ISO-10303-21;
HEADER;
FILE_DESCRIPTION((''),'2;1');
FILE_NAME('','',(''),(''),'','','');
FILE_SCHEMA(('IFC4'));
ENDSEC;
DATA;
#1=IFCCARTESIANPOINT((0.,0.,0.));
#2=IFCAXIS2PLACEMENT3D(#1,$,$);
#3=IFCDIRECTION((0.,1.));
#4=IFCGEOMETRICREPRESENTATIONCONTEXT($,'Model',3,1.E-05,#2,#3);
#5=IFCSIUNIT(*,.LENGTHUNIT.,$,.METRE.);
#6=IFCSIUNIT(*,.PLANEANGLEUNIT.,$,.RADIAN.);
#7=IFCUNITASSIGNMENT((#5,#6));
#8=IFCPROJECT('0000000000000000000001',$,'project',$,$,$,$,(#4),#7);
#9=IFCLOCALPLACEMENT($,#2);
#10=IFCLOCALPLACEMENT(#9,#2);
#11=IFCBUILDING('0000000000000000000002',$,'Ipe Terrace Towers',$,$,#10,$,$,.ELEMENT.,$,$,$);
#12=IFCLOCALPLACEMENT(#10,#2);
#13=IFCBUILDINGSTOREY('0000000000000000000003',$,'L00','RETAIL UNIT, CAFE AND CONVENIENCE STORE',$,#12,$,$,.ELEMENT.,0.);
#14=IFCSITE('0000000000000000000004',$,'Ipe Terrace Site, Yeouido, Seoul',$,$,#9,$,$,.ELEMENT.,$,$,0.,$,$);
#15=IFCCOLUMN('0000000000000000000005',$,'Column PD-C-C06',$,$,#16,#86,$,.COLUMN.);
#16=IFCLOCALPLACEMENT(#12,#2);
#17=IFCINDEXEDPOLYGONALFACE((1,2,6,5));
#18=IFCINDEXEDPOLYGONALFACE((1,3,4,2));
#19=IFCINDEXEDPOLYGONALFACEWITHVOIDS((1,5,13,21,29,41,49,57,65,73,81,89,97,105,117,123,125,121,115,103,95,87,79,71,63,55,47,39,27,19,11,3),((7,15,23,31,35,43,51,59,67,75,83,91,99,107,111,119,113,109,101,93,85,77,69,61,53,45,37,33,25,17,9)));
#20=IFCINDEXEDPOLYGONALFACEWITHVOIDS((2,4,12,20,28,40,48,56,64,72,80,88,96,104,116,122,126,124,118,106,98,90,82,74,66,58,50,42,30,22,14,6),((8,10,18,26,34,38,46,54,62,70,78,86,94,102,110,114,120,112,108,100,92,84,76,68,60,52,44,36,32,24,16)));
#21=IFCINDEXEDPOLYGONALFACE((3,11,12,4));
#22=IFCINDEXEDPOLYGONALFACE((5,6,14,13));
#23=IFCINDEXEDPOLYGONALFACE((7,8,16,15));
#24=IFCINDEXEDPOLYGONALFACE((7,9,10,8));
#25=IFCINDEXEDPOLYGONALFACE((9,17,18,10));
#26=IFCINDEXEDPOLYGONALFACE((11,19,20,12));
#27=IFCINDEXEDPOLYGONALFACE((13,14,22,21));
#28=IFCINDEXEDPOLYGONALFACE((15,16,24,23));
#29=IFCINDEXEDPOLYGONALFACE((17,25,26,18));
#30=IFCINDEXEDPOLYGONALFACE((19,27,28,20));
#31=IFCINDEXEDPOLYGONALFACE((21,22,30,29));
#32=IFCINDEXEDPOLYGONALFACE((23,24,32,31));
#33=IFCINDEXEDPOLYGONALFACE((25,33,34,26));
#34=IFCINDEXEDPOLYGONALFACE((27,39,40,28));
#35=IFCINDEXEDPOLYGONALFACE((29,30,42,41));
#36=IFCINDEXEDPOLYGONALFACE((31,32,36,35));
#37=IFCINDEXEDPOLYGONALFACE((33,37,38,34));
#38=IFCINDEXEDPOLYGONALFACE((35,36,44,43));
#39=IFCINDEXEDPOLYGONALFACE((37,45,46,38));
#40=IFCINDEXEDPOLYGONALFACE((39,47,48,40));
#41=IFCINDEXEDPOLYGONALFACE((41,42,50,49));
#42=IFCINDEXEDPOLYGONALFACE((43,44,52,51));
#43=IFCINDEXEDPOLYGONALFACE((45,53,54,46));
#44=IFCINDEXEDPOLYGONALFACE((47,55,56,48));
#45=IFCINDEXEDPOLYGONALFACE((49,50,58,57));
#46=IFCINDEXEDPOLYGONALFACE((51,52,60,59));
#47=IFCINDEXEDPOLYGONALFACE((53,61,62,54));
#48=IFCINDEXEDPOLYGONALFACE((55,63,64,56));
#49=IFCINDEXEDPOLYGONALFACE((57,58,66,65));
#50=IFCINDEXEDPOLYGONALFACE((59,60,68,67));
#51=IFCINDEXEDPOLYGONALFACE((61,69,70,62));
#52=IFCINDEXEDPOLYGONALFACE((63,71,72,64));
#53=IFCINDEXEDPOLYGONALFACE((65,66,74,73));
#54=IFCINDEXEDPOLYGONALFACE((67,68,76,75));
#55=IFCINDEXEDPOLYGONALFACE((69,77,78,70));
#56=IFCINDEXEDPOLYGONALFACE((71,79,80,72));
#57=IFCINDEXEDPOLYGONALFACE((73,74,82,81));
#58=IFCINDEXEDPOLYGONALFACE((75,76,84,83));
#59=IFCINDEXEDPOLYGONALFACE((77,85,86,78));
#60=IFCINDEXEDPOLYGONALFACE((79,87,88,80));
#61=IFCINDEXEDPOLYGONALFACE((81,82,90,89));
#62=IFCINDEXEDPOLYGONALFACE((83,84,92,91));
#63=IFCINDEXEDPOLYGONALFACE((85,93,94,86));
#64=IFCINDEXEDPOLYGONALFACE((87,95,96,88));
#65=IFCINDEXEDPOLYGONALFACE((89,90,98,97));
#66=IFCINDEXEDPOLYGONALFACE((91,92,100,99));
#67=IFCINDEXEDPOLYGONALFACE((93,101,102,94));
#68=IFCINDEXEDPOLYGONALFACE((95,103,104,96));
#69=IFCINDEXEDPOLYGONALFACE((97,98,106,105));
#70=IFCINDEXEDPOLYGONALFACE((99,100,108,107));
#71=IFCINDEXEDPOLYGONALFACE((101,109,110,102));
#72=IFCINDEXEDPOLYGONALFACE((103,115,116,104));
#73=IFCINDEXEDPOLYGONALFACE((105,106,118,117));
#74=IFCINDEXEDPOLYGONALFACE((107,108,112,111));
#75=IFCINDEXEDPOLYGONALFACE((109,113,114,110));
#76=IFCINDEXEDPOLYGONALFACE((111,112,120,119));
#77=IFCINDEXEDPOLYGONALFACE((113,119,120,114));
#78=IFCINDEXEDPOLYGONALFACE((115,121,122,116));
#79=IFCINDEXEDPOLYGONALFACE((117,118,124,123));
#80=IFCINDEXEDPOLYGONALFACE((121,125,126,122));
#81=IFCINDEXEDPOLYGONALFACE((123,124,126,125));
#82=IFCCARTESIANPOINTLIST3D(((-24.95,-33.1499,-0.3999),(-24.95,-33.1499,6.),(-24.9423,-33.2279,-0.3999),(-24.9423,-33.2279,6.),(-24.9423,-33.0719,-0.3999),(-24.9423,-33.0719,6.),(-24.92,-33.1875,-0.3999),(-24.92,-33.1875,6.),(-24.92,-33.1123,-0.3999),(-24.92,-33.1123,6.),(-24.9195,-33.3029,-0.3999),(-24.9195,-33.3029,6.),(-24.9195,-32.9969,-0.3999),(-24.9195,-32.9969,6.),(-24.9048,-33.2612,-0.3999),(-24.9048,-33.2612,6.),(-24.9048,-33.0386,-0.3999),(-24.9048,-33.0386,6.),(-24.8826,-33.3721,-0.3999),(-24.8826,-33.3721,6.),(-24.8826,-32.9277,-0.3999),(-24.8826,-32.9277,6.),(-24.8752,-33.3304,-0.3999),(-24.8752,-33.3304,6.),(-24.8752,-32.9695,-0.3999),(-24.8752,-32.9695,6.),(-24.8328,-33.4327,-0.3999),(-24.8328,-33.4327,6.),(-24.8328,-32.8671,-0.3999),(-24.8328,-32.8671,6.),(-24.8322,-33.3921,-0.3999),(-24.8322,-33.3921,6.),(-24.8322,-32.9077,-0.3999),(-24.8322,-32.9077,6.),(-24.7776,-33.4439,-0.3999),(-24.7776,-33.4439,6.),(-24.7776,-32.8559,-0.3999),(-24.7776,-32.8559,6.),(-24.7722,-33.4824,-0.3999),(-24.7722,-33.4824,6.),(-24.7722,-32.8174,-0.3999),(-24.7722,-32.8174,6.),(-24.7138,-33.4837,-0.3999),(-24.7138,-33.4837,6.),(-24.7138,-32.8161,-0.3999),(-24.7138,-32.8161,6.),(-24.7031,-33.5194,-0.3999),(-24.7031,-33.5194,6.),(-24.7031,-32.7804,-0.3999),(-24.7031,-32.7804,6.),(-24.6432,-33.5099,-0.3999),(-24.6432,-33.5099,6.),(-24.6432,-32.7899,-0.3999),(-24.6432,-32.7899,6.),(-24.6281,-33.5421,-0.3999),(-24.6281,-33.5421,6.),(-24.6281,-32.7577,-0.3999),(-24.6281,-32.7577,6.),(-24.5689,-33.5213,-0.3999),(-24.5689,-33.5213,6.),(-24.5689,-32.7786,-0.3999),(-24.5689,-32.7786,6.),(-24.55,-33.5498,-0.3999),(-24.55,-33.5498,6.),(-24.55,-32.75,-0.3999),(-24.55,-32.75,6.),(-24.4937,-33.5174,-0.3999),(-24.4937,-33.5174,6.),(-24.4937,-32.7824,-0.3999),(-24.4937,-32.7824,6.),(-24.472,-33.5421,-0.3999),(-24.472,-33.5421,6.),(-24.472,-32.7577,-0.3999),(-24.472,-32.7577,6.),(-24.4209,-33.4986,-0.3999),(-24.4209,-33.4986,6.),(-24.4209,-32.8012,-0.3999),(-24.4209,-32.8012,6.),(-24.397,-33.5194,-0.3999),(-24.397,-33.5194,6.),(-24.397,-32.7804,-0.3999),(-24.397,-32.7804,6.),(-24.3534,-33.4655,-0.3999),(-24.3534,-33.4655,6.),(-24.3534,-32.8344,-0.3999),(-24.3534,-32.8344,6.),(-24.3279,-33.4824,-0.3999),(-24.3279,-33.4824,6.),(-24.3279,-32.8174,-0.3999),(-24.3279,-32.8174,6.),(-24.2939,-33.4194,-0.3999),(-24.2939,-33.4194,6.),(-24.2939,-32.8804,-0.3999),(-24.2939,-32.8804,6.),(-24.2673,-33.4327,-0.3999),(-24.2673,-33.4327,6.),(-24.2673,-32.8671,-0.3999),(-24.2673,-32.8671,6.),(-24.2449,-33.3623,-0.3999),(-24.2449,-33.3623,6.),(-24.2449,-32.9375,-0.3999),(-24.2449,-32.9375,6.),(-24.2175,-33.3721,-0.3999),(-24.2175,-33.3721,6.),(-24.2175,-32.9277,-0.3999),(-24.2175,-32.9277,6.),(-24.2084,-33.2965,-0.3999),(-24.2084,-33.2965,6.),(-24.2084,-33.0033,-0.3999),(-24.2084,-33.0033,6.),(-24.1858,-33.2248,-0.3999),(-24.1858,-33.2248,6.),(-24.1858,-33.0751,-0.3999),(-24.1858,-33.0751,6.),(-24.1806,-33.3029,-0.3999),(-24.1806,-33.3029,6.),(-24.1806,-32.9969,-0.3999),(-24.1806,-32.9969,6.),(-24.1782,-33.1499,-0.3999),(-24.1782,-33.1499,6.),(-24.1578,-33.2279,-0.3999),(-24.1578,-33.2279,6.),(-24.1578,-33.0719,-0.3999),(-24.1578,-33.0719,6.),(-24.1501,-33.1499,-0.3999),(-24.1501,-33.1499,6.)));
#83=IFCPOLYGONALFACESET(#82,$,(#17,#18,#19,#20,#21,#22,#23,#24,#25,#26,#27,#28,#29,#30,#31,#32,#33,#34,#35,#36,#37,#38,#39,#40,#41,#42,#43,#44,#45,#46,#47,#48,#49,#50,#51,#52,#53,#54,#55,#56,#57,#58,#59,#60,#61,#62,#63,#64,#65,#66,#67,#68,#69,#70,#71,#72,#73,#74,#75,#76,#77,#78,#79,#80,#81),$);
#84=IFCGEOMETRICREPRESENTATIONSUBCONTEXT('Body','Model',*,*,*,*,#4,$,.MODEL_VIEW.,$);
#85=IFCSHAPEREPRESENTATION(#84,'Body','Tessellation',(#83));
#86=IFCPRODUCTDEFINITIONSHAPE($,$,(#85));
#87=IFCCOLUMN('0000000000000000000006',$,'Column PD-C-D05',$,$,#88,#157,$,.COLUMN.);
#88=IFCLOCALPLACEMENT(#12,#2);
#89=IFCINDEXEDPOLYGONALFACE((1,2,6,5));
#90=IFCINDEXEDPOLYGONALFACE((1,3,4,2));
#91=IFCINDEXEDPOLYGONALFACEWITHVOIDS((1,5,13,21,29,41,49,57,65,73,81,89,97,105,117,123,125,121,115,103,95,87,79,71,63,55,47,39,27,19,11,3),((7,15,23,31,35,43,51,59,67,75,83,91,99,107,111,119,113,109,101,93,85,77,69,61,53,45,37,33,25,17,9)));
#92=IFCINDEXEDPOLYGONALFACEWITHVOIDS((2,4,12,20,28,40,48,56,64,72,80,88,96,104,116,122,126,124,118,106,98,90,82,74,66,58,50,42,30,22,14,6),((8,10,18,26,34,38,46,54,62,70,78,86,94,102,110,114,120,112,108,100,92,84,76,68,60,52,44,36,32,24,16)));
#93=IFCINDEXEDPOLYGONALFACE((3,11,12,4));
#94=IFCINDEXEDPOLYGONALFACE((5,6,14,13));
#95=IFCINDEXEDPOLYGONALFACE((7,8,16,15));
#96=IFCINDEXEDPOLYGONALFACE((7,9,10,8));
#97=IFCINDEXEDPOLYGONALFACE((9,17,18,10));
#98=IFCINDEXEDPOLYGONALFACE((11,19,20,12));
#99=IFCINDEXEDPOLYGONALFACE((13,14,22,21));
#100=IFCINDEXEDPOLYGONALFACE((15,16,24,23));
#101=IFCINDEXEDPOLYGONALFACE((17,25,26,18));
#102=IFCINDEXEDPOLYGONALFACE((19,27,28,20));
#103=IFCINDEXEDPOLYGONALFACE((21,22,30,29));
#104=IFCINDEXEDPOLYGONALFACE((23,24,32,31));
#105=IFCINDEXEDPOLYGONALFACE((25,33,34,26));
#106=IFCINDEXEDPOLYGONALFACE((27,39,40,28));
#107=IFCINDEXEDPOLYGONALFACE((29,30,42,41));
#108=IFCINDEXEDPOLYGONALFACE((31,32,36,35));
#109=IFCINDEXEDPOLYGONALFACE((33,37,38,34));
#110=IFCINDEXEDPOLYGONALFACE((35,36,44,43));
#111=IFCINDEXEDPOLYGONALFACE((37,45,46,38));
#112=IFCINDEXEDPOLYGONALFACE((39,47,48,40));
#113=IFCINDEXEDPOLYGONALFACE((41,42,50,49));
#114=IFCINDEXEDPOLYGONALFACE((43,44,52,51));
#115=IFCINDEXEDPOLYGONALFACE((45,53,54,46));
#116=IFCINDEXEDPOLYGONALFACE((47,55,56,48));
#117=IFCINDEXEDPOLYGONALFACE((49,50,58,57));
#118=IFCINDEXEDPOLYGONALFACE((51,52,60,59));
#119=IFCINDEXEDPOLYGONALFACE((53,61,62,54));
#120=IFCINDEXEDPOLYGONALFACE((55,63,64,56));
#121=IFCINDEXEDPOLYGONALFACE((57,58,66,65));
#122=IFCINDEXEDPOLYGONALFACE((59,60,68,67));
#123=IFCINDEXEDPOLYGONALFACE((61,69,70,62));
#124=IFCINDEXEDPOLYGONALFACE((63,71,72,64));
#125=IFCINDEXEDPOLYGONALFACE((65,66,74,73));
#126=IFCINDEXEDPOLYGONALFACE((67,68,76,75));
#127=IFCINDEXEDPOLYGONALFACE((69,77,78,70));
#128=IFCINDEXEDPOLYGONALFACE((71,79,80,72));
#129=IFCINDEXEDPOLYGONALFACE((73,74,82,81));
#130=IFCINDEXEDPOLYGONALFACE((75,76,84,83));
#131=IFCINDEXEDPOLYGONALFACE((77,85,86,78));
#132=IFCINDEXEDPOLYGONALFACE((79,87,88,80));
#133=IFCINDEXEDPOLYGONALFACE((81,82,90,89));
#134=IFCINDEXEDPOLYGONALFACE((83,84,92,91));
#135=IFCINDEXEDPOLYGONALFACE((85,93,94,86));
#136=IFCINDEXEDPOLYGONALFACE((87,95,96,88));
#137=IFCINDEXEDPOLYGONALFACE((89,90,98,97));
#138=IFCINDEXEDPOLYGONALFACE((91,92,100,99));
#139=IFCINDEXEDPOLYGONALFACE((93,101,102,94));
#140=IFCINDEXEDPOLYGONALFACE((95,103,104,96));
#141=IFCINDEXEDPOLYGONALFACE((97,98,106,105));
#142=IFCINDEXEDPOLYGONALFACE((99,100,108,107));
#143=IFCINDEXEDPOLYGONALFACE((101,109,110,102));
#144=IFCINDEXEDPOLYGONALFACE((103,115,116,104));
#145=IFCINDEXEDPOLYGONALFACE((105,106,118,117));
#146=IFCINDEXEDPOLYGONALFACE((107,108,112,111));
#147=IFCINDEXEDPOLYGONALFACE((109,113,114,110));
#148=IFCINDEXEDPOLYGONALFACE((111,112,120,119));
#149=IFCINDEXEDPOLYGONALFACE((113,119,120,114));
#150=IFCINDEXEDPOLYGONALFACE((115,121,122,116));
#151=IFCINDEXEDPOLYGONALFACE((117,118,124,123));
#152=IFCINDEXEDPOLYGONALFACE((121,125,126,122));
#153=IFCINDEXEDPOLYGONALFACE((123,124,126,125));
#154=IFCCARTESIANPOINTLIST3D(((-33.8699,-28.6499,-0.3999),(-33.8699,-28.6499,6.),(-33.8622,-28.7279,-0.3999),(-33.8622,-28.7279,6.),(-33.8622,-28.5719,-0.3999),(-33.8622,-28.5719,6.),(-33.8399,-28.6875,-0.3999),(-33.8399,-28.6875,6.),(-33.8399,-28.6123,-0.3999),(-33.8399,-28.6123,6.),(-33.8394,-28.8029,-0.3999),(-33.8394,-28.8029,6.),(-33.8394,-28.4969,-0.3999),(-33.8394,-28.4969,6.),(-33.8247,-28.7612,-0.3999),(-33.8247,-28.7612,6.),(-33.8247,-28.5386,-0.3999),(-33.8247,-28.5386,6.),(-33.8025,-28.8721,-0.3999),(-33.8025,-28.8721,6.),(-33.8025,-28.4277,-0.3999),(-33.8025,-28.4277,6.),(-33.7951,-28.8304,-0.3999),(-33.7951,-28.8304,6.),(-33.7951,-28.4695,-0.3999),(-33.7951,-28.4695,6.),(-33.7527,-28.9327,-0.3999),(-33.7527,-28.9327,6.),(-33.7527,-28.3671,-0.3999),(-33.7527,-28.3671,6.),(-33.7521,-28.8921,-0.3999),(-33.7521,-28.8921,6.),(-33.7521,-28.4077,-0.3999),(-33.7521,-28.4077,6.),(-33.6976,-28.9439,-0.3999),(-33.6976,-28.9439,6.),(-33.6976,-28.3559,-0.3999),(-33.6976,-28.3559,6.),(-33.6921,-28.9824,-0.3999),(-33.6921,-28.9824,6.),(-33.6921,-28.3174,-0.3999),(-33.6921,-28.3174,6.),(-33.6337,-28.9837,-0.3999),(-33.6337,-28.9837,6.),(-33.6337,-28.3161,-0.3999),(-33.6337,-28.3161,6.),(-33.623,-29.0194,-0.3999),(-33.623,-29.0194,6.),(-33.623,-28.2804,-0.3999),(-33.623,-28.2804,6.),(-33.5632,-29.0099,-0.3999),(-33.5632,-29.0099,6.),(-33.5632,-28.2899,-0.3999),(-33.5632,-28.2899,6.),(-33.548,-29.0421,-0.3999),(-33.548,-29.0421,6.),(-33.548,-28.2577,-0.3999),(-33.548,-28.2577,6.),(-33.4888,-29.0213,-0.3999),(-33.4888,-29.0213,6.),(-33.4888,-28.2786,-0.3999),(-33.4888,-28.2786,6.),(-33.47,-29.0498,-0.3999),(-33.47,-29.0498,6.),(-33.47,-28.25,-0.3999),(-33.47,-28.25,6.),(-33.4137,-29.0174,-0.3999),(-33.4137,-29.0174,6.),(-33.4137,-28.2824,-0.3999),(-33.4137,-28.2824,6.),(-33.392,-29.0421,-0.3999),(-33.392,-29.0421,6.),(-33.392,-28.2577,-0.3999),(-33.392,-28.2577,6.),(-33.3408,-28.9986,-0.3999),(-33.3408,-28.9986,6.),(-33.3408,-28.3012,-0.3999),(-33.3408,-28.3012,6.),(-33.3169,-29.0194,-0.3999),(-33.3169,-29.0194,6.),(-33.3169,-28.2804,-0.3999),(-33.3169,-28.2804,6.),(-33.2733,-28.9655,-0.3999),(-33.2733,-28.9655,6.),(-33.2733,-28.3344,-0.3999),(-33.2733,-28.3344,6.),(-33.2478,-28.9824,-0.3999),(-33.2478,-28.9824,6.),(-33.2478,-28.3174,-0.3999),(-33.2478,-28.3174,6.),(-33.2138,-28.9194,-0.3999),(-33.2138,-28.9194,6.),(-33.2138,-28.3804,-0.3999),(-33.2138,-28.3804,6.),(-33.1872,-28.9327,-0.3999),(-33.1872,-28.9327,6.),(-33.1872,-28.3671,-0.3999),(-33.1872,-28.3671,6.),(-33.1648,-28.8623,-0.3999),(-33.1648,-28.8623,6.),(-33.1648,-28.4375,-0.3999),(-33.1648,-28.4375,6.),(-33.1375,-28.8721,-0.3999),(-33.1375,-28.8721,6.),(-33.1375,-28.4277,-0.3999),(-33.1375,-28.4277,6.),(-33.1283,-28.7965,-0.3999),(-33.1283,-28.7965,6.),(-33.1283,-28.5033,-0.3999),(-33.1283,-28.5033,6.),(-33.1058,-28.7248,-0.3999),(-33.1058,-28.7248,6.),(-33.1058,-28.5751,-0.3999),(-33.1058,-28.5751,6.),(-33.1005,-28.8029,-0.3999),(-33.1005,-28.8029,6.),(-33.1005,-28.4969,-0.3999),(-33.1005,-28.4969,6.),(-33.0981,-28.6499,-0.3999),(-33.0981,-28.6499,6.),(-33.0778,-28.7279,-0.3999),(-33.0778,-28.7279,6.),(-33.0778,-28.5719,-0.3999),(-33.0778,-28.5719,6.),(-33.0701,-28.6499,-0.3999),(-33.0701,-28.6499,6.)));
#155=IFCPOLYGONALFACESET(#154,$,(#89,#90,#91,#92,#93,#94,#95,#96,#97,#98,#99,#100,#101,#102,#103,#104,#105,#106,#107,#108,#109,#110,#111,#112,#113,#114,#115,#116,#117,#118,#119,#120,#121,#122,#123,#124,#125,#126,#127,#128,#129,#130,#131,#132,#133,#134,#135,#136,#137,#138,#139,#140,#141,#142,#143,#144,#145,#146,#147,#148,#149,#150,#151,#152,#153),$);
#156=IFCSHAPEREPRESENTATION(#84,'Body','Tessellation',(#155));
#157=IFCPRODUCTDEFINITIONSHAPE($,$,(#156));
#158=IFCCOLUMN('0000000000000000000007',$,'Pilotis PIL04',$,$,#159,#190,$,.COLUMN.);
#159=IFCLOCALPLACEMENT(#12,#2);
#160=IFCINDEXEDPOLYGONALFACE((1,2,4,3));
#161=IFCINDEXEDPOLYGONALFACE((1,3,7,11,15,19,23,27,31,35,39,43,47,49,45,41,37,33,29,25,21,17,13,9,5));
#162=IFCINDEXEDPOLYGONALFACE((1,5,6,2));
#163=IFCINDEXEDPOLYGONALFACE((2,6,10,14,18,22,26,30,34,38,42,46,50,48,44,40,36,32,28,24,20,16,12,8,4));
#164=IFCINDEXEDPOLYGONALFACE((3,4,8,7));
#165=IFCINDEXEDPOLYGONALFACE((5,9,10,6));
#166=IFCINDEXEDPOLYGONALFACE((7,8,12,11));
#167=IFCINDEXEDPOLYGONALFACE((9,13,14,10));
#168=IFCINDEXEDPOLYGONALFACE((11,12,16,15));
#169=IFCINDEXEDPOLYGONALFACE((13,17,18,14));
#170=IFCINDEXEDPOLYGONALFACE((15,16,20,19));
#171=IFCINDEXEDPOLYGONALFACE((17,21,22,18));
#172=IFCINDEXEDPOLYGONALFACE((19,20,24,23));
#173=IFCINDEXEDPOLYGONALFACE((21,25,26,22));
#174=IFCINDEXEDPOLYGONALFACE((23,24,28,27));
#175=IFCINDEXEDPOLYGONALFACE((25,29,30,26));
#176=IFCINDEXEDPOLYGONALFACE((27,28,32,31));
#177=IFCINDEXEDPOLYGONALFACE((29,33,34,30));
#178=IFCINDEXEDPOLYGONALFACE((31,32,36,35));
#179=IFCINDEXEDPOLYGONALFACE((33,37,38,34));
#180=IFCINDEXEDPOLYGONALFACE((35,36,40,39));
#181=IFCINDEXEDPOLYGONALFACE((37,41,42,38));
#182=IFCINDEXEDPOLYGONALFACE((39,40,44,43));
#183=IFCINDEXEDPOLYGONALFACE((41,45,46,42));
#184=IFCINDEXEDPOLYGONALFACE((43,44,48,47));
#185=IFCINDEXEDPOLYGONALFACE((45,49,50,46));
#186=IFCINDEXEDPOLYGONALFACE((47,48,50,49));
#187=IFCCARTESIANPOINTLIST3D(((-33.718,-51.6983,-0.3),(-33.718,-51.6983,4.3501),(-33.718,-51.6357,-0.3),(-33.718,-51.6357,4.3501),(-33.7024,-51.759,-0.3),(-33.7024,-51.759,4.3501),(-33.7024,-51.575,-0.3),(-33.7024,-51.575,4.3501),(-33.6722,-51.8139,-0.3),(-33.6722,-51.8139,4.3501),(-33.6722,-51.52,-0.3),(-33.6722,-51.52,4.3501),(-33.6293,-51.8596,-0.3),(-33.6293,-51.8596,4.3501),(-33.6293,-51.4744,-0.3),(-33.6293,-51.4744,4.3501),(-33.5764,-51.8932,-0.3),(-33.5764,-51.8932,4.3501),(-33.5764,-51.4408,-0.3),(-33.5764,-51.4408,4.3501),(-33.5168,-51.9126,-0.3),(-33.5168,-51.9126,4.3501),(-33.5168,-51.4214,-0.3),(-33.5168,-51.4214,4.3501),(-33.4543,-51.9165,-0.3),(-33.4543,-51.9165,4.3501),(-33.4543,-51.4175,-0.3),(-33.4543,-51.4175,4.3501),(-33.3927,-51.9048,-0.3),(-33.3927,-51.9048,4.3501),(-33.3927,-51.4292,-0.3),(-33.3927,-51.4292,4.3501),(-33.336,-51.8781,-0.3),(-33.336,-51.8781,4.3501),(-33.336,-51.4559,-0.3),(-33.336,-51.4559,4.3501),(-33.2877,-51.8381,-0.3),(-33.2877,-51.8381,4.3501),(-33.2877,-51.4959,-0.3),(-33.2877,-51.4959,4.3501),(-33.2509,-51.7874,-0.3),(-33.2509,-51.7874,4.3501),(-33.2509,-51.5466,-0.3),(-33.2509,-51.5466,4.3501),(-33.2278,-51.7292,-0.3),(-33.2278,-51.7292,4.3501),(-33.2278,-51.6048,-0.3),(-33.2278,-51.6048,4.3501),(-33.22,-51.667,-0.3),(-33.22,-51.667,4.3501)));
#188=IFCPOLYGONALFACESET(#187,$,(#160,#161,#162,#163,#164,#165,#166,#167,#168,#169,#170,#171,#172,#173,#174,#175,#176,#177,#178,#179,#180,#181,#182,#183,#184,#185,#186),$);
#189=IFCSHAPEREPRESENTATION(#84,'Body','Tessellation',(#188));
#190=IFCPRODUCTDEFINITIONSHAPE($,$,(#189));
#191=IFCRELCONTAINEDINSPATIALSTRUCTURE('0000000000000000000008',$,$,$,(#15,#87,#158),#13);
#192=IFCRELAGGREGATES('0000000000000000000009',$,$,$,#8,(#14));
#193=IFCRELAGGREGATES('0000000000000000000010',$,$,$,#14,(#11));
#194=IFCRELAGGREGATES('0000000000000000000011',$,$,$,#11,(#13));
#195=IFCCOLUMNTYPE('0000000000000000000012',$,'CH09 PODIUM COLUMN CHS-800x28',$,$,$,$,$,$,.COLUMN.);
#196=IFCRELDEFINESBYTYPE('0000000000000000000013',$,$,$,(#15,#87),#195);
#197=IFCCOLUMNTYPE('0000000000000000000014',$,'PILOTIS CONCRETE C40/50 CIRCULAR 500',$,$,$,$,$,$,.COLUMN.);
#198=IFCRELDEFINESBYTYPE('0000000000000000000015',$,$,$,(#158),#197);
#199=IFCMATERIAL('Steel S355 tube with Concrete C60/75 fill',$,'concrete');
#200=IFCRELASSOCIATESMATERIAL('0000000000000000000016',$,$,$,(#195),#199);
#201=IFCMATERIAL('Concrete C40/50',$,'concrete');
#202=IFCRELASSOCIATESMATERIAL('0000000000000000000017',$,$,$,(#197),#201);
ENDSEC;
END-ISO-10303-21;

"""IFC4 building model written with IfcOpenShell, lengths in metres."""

from ifc_helpers import new_model, si_unit, direction, frame, origin, origin_2d, place, context, subcontext, project, spatial, circle, hollow_circle, extrude, material, material_profile, profile_set, type_object, element, save


model = new_model("IFC4")

# Units and contexts
model_context = context("Model", 3, precision=1e-05, world=origin(), true_north=direction((0.0, 1.0)))
body_context = subcontext(model_context, "Body", "Model", "MODEL_VIEW")
ifc_project = project(units=[si_unit("LENGTHUNIT", "METRE"), si_unit("PLANEANGLEUNIT", "RADIAN")], contexts=[model_context])

# Site, building, storey
site_placement = place(None, origin())
site = spatial("IfcSite", under=ifc_project, at=site_placement, Name="Ipe Terrace Site, Yeouido, Seoul", CompositionType="ELEMENT", RefElevation=0.0)
building_placement = place(site_placement, origin())
building = spatial("IfcBuilding", under=site, at=building_placement, Name="Ipe Terrace Towers", CompositionType="ELEMENT")
storey_placement = place(building_placement, origin())
storey = spatial("IfcBuildingStorey", under=building, at=storey_placement, Name="L00", Description="RETAIL UNIT, CAFE AND CONVENIENCE STORE", CompositionType="ELEMENT", Elevation=0.0)

# Columns
ifc_material_1 = material(Name="Steel S355 tube with Concrete C60/75 fill", Category="concrete")
ifc_material_profile_1 = material_profile(ifc_material_1, hollow_circle(Radius=0.3999, WallThickness=0.0281, at=origin_2d()), Name="CHS-800x28")
ifc_profile_set_1 = profile_set([ifc_material_profile_1], Name="Steel S355 tube with Concrete C60/75 fill")
column_type_1 = type_object("IfcColumnType", Name="CH09 PODIUM COLUMN CHS-800x28", PredefinedType="COLUMN", material=ifc_profile_set_1)
for number, where, z_axis, x_axis, name in (
    (1, (-24.55, -33.1499, -0.3999), (0.0, 0.0, 1.0), (1.0, 0.0, 0.0), "Column PD-C-C06"),
    (2, (-33.47, -28.6499, -0.3999), (0.0, 0.0, 1.0), (1.0, 0.0, 0.0), "Column PD-C-D05"),
):
    element("IfcColumn", number, at=place(storey_placement, frame(where, z_axis=z_axis, x_axis=x_axis)), inside=storey, type_object=column_type_1, Name=name, PredefinedType="COLUMN", context=body_context, shape_type="SweptSolid", body=[
        extrude(hollow_circle(Radius=0.3999, WallThickness=0.0281, at=origin_2d()), origin(), (0.0, 0.0, 1.0), 6.3999),
    ])
ifc_material_2 = material(Name="Concrete C40/50", Category="concrete")
ifc_material_profile_2 = material_profile(ifc_material_2, circle(Radius=0.25, at=origin_2d()), Name="PILOTIS CONCRETE C40/50 CIRCULAR 500")
ifc_profile_set_2 = profile_set([ifc_material_profile_2], Name="Concrete C40/50")
column_type_2 = type_object("IfcColumnType", Name="PILOTIS CONCRETE C40/50 CIRCULAR 500", PredefinedType="COLUMN", material=ifc_profile_set_2)
for number, where, z_axis, x_axis, name in (
    (3, (-33.47, -51.667, -0.3), (0.0, 0.0, 1.0), (1.0, 0.0, 0.0), "Pilotis PIL04"),
):
    element("IfcColumn", number, at=place(storey_placement, frame(where, z_axis=z_axis, x_axis=x_axis)), inside=storey, type_object=column_type_2, Name=name, PredefinedType="COLUMN", context=body_context, shape_type="SweptSolid", body=[
        extrude(circle(Radius=0.25, at=origin_2d()), origin(), (0.0, 0.0, 1.0), 4.6501),
    ])

save(model, "model.ifc")
